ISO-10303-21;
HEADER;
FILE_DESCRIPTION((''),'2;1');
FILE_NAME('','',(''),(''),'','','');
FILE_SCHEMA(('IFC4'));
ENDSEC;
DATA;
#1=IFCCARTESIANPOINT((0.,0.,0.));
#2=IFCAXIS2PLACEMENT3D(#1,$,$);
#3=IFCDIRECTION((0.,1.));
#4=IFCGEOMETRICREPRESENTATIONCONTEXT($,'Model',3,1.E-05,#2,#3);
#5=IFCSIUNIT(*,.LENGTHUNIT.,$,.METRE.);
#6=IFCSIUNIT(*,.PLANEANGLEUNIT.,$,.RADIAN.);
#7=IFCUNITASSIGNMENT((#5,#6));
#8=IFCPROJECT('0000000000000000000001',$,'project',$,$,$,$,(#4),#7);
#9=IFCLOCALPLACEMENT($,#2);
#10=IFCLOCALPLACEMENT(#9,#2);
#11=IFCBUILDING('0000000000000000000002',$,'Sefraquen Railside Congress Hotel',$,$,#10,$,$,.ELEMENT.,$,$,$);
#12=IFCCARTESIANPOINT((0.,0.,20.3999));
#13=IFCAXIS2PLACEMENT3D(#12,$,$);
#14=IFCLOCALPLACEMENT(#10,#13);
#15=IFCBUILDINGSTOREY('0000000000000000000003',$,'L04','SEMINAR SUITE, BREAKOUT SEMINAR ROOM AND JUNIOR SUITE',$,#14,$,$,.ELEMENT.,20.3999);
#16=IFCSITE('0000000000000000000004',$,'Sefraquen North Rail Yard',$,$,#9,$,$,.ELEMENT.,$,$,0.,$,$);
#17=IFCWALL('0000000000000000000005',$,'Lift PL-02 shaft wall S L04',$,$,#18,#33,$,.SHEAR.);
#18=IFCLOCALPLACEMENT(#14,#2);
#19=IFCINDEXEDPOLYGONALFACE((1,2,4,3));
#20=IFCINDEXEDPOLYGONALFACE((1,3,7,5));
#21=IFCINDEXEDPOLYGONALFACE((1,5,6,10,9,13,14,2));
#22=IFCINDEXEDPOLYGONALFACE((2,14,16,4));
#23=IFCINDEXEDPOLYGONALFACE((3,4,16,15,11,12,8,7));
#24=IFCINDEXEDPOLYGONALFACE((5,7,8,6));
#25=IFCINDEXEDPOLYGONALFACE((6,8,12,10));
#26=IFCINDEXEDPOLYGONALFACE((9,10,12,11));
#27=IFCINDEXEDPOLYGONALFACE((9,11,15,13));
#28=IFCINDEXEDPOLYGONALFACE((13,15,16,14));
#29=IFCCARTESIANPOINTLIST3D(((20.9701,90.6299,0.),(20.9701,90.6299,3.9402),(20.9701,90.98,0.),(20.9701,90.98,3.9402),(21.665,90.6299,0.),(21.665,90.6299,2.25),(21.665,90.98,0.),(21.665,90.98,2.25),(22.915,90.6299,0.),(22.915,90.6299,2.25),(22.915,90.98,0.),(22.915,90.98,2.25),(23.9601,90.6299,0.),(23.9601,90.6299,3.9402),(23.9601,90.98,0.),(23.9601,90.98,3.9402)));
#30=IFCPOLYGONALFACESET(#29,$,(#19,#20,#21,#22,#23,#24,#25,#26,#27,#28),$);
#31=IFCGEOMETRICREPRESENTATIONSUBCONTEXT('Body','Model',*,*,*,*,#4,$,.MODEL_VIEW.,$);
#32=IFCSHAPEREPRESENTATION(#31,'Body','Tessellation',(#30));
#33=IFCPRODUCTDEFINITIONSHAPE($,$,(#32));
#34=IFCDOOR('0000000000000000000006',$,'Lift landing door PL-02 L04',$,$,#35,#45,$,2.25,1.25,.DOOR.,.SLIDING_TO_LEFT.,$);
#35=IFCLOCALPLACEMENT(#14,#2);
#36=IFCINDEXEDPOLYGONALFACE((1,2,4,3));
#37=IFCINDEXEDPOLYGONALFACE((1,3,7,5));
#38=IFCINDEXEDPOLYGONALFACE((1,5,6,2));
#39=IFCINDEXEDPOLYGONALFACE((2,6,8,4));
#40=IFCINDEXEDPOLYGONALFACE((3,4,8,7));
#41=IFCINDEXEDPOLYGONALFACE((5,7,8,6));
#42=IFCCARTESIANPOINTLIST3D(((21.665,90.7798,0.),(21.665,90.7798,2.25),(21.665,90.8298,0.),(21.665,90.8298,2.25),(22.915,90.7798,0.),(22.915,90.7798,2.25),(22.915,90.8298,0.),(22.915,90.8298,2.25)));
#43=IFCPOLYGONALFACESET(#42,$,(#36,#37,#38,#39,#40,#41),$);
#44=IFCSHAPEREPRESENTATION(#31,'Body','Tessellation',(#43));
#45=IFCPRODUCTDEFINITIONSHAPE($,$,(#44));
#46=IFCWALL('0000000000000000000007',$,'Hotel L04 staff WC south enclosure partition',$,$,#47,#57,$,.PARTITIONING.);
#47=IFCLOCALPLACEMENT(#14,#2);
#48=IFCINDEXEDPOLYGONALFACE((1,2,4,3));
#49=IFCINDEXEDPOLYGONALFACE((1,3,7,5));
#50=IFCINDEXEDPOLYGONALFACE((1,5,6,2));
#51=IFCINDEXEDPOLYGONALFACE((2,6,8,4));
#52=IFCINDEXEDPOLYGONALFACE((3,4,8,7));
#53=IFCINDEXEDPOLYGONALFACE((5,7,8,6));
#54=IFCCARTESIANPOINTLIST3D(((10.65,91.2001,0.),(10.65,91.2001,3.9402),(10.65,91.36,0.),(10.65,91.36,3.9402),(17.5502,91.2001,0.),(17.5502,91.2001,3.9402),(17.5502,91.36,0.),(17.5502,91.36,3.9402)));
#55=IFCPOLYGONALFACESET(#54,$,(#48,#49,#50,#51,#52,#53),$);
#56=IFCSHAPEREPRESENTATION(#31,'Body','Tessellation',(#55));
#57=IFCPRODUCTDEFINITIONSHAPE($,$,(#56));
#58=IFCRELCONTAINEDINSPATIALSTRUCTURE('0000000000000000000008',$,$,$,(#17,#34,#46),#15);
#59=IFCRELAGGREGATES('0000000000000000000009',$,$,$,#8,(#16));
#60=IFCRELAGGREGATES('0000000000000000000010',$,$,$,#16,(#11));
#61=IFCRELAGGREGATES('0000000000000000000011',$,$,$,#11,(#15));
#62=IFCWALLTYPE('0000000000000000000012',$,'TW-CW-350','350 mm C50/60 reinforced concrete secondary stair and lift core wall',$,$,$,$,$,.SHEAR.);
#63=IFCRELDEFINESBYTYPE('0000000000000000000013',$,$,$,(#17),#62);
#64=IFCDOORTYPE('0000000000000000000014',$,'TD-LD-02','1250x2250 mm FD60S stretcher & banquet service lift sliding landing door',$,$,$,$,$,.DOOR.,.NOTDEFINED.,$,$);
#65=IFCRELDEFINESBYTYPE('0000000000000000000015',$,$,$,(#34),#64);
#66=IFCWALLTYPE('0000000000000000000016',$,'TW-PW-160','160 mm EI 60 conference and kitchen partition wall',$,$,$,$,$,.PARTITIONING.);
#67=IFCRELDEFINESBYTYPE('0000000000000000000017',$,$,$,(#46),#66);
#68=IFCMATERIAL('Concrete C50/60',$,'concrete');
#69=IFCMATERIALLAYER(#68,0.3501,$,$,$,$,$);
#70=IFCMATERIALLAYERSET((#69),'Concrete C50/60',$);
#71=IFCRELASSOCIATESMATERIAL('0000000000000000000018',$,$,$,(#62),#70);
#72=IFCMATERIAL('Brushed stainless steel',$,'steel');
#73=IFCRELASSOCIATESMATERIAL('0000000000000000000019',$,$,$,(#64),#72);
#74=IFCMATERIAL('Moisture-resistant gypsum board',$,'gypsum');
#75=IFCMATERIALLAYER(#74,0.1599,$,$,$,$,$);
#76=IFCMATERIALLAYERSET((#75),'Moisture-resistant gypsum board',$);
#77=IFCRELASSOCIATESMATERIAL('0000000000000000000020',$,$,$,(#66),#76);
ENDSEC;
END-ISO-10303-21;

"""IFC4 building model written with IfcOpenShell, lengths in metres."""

from ifc_helpers import new_model, si_unit, direction, frame, frame_2d, origin, place, context, subcontext, project, spatial, rectangle, extrude, material, layer, layer_set, type_object, element, fill, save


model = new_model("IFC4")

# Units and contexts
model_context = context("Model", 3, precision=1e-05, world=origin(), true_north=direction((0.0, 1.0)))
body_context = subcontext(model_context, "Body", "Model", "MODEL_VIEW")
ifc_project = project(units=[si_unit("LENGTHUNIT", "METRE"), si_unit("PLANEANGLEUNIT", "RADIAN")], contexts=[model_context])

# Site, building, storey
site_placement = place(None, origin())
site = spatial("IfcSite", under=ifc_project, at=site_placement, Name="Sefraquen North Rail Yard", CompositionType="ELEMENT", RefElevation=0.0)
building_placement = place(site_placement, origin())
building = spatial("IfcBuilding", under=site, at=building_placement, Name="Sefraquen Railside Congress Hotel", CompositionType="ELEMENT")
storey_placement = place(building_placement, frame((0.0, 0.0, 20.3999)))
storey = spatial("IfcBuildingStorey", under=building, at=storey_placement, Name="L04", Description="SEMINAR SUITE, BREAKOUT SEMINAR ROOM AND JUNIOR SUITE", CompositionType="ELEMENT", Elevation=20.3999)

# Shared definitions
ifc_material_1 = material(Name="Concrete C50/60", Category="concrete")
ifc_layer_1 = layer(ifc_material_1, 0.3501)
ifc_layer_set_1 = layer_set([ifc_layer_1], Name="Concrete C50/60")
wall_type_1 = type_object("IfcWallType", Name="TW-CW-350", Description="350 mm C50/60 reinforced concrete secondary stair and lift core wall", PredefinedType="SHEAR", material=ifc_layer_set_1)

# Shared definitions
ifc_material_2 = material(Name="Brushed stainless steel", Category="steel")
door_type = type_object("IfcDoorType", Name="TD-LD-02", Description="1250x2250 mm FD60S stretcher & banquet service lift sliding landing door", OperationType="NOTDEFINED", PredefinedType="DOOR", material=ifc_material_2)

# Wall, opening, door
wall_1_placement = place(storey_placement, frame((20.97, 90.8049, 0.0), z_axis=(0.0, 0.0, 1.0), x_axis=(1.0, 0.0, 0.0)))
wall_1 = element("IfcWall", 1, at=wall_1_placement, inside=storey, type_object=wall_type_1, Name="Lift PL-02 shaft wall S L04", PredefinedType="SHEAR", context=body_context, shape_type="SweptSolid", body=[
    extrude(rectangle(XDim=2.99, YDim=0.3501, at=frame_2d((1.4951, 0.0))), origin(), (0.0, 0.0, 1.0), 3.9402),
])
opening_1_placement = place(wall_1_placement, frame((0.6951, 0.0, 0.0)))
opening_1 = element("IfcOpeningElement", 2, at=opening_1_placement, cuts=wall_1, PredefinedType="OPENING", context=body_context, shape_type="SweptSolid", body=[
    extrude(rectangle(XDim=1.25, YDim=2.25, at=frame_2d((0.625, 1.125))), frame((0.0, 0.1851, 0.0), z_axis=(0.0, -1.0, 0.0), x_axis=(1.0, 0.0, 0.0)), (0.0, 0.0, 1.0), 0.3701),
])
door_1_placement = place(opening_1_placement, origin())
door_1 = element("IfcDoor", 3, at=door_1_placement, inside=storey, type_object=door_type, Name="Lift landing door PL-02 L04", OperationType="SLIDING_TO_LEFT", OverallHeight=2.25, OverallWidth=1.25, PredefinedType="DOOR", context=body_context, shape_type="SweptSolid", body=[
    extrude(rectangle(XDim=1.25, YDim=2.25, at=frame_2d((0.625, 1.125))), frame((0.0, 0.0249, 0.0), z_axis=(0.0, -1.0, 0.0), x_axis=(1.0, 0.0, 0.0)), (0.0, 0.0, 1.0), 0.05),
])
fill(opening_1, door_1)

# Wall
ifc_material_3 = material(Name="Moisture-resistant gypsum board", Category="gypsum")
ifc_layer_2 = layer(ifc_material_3, 0.1599)
ifc_layer_set_2 = layer_set([ifc_layer_2], Name="Moisture-resistant gypsum board")
wall_type_2 = type_object("IfcWallType", Name="TW-PW-160", Description="160 mm EI 60 conference and kitchen partition wall", PredefinedType="PARTITIONING", material=ifc_layer_set_2)
wall_2_placement = place(storey_placement, frame((10.6499, 91.28, 0.0), z_axis=(0.0, 0.0, 1.0), x_axis=(1.0, 0.0, 0.0)))
element("IfcWall", 4, at=wall_2_placement, inside=storey, type_object=wall_type_2, Name="Hotel L04 staff WC south enclosure partition", PredefinedType="PARTITIONING", context=body_context, shape_type="SweptSolid", body=[
    extrude(rectangle(XDim=6.9001, YDim=0.1599, at=frame_2d((3.4502, 0.0))), origin(), (0.0, 0.0, 1.0), 3.9402),
])

save(model, "model.ifc")
